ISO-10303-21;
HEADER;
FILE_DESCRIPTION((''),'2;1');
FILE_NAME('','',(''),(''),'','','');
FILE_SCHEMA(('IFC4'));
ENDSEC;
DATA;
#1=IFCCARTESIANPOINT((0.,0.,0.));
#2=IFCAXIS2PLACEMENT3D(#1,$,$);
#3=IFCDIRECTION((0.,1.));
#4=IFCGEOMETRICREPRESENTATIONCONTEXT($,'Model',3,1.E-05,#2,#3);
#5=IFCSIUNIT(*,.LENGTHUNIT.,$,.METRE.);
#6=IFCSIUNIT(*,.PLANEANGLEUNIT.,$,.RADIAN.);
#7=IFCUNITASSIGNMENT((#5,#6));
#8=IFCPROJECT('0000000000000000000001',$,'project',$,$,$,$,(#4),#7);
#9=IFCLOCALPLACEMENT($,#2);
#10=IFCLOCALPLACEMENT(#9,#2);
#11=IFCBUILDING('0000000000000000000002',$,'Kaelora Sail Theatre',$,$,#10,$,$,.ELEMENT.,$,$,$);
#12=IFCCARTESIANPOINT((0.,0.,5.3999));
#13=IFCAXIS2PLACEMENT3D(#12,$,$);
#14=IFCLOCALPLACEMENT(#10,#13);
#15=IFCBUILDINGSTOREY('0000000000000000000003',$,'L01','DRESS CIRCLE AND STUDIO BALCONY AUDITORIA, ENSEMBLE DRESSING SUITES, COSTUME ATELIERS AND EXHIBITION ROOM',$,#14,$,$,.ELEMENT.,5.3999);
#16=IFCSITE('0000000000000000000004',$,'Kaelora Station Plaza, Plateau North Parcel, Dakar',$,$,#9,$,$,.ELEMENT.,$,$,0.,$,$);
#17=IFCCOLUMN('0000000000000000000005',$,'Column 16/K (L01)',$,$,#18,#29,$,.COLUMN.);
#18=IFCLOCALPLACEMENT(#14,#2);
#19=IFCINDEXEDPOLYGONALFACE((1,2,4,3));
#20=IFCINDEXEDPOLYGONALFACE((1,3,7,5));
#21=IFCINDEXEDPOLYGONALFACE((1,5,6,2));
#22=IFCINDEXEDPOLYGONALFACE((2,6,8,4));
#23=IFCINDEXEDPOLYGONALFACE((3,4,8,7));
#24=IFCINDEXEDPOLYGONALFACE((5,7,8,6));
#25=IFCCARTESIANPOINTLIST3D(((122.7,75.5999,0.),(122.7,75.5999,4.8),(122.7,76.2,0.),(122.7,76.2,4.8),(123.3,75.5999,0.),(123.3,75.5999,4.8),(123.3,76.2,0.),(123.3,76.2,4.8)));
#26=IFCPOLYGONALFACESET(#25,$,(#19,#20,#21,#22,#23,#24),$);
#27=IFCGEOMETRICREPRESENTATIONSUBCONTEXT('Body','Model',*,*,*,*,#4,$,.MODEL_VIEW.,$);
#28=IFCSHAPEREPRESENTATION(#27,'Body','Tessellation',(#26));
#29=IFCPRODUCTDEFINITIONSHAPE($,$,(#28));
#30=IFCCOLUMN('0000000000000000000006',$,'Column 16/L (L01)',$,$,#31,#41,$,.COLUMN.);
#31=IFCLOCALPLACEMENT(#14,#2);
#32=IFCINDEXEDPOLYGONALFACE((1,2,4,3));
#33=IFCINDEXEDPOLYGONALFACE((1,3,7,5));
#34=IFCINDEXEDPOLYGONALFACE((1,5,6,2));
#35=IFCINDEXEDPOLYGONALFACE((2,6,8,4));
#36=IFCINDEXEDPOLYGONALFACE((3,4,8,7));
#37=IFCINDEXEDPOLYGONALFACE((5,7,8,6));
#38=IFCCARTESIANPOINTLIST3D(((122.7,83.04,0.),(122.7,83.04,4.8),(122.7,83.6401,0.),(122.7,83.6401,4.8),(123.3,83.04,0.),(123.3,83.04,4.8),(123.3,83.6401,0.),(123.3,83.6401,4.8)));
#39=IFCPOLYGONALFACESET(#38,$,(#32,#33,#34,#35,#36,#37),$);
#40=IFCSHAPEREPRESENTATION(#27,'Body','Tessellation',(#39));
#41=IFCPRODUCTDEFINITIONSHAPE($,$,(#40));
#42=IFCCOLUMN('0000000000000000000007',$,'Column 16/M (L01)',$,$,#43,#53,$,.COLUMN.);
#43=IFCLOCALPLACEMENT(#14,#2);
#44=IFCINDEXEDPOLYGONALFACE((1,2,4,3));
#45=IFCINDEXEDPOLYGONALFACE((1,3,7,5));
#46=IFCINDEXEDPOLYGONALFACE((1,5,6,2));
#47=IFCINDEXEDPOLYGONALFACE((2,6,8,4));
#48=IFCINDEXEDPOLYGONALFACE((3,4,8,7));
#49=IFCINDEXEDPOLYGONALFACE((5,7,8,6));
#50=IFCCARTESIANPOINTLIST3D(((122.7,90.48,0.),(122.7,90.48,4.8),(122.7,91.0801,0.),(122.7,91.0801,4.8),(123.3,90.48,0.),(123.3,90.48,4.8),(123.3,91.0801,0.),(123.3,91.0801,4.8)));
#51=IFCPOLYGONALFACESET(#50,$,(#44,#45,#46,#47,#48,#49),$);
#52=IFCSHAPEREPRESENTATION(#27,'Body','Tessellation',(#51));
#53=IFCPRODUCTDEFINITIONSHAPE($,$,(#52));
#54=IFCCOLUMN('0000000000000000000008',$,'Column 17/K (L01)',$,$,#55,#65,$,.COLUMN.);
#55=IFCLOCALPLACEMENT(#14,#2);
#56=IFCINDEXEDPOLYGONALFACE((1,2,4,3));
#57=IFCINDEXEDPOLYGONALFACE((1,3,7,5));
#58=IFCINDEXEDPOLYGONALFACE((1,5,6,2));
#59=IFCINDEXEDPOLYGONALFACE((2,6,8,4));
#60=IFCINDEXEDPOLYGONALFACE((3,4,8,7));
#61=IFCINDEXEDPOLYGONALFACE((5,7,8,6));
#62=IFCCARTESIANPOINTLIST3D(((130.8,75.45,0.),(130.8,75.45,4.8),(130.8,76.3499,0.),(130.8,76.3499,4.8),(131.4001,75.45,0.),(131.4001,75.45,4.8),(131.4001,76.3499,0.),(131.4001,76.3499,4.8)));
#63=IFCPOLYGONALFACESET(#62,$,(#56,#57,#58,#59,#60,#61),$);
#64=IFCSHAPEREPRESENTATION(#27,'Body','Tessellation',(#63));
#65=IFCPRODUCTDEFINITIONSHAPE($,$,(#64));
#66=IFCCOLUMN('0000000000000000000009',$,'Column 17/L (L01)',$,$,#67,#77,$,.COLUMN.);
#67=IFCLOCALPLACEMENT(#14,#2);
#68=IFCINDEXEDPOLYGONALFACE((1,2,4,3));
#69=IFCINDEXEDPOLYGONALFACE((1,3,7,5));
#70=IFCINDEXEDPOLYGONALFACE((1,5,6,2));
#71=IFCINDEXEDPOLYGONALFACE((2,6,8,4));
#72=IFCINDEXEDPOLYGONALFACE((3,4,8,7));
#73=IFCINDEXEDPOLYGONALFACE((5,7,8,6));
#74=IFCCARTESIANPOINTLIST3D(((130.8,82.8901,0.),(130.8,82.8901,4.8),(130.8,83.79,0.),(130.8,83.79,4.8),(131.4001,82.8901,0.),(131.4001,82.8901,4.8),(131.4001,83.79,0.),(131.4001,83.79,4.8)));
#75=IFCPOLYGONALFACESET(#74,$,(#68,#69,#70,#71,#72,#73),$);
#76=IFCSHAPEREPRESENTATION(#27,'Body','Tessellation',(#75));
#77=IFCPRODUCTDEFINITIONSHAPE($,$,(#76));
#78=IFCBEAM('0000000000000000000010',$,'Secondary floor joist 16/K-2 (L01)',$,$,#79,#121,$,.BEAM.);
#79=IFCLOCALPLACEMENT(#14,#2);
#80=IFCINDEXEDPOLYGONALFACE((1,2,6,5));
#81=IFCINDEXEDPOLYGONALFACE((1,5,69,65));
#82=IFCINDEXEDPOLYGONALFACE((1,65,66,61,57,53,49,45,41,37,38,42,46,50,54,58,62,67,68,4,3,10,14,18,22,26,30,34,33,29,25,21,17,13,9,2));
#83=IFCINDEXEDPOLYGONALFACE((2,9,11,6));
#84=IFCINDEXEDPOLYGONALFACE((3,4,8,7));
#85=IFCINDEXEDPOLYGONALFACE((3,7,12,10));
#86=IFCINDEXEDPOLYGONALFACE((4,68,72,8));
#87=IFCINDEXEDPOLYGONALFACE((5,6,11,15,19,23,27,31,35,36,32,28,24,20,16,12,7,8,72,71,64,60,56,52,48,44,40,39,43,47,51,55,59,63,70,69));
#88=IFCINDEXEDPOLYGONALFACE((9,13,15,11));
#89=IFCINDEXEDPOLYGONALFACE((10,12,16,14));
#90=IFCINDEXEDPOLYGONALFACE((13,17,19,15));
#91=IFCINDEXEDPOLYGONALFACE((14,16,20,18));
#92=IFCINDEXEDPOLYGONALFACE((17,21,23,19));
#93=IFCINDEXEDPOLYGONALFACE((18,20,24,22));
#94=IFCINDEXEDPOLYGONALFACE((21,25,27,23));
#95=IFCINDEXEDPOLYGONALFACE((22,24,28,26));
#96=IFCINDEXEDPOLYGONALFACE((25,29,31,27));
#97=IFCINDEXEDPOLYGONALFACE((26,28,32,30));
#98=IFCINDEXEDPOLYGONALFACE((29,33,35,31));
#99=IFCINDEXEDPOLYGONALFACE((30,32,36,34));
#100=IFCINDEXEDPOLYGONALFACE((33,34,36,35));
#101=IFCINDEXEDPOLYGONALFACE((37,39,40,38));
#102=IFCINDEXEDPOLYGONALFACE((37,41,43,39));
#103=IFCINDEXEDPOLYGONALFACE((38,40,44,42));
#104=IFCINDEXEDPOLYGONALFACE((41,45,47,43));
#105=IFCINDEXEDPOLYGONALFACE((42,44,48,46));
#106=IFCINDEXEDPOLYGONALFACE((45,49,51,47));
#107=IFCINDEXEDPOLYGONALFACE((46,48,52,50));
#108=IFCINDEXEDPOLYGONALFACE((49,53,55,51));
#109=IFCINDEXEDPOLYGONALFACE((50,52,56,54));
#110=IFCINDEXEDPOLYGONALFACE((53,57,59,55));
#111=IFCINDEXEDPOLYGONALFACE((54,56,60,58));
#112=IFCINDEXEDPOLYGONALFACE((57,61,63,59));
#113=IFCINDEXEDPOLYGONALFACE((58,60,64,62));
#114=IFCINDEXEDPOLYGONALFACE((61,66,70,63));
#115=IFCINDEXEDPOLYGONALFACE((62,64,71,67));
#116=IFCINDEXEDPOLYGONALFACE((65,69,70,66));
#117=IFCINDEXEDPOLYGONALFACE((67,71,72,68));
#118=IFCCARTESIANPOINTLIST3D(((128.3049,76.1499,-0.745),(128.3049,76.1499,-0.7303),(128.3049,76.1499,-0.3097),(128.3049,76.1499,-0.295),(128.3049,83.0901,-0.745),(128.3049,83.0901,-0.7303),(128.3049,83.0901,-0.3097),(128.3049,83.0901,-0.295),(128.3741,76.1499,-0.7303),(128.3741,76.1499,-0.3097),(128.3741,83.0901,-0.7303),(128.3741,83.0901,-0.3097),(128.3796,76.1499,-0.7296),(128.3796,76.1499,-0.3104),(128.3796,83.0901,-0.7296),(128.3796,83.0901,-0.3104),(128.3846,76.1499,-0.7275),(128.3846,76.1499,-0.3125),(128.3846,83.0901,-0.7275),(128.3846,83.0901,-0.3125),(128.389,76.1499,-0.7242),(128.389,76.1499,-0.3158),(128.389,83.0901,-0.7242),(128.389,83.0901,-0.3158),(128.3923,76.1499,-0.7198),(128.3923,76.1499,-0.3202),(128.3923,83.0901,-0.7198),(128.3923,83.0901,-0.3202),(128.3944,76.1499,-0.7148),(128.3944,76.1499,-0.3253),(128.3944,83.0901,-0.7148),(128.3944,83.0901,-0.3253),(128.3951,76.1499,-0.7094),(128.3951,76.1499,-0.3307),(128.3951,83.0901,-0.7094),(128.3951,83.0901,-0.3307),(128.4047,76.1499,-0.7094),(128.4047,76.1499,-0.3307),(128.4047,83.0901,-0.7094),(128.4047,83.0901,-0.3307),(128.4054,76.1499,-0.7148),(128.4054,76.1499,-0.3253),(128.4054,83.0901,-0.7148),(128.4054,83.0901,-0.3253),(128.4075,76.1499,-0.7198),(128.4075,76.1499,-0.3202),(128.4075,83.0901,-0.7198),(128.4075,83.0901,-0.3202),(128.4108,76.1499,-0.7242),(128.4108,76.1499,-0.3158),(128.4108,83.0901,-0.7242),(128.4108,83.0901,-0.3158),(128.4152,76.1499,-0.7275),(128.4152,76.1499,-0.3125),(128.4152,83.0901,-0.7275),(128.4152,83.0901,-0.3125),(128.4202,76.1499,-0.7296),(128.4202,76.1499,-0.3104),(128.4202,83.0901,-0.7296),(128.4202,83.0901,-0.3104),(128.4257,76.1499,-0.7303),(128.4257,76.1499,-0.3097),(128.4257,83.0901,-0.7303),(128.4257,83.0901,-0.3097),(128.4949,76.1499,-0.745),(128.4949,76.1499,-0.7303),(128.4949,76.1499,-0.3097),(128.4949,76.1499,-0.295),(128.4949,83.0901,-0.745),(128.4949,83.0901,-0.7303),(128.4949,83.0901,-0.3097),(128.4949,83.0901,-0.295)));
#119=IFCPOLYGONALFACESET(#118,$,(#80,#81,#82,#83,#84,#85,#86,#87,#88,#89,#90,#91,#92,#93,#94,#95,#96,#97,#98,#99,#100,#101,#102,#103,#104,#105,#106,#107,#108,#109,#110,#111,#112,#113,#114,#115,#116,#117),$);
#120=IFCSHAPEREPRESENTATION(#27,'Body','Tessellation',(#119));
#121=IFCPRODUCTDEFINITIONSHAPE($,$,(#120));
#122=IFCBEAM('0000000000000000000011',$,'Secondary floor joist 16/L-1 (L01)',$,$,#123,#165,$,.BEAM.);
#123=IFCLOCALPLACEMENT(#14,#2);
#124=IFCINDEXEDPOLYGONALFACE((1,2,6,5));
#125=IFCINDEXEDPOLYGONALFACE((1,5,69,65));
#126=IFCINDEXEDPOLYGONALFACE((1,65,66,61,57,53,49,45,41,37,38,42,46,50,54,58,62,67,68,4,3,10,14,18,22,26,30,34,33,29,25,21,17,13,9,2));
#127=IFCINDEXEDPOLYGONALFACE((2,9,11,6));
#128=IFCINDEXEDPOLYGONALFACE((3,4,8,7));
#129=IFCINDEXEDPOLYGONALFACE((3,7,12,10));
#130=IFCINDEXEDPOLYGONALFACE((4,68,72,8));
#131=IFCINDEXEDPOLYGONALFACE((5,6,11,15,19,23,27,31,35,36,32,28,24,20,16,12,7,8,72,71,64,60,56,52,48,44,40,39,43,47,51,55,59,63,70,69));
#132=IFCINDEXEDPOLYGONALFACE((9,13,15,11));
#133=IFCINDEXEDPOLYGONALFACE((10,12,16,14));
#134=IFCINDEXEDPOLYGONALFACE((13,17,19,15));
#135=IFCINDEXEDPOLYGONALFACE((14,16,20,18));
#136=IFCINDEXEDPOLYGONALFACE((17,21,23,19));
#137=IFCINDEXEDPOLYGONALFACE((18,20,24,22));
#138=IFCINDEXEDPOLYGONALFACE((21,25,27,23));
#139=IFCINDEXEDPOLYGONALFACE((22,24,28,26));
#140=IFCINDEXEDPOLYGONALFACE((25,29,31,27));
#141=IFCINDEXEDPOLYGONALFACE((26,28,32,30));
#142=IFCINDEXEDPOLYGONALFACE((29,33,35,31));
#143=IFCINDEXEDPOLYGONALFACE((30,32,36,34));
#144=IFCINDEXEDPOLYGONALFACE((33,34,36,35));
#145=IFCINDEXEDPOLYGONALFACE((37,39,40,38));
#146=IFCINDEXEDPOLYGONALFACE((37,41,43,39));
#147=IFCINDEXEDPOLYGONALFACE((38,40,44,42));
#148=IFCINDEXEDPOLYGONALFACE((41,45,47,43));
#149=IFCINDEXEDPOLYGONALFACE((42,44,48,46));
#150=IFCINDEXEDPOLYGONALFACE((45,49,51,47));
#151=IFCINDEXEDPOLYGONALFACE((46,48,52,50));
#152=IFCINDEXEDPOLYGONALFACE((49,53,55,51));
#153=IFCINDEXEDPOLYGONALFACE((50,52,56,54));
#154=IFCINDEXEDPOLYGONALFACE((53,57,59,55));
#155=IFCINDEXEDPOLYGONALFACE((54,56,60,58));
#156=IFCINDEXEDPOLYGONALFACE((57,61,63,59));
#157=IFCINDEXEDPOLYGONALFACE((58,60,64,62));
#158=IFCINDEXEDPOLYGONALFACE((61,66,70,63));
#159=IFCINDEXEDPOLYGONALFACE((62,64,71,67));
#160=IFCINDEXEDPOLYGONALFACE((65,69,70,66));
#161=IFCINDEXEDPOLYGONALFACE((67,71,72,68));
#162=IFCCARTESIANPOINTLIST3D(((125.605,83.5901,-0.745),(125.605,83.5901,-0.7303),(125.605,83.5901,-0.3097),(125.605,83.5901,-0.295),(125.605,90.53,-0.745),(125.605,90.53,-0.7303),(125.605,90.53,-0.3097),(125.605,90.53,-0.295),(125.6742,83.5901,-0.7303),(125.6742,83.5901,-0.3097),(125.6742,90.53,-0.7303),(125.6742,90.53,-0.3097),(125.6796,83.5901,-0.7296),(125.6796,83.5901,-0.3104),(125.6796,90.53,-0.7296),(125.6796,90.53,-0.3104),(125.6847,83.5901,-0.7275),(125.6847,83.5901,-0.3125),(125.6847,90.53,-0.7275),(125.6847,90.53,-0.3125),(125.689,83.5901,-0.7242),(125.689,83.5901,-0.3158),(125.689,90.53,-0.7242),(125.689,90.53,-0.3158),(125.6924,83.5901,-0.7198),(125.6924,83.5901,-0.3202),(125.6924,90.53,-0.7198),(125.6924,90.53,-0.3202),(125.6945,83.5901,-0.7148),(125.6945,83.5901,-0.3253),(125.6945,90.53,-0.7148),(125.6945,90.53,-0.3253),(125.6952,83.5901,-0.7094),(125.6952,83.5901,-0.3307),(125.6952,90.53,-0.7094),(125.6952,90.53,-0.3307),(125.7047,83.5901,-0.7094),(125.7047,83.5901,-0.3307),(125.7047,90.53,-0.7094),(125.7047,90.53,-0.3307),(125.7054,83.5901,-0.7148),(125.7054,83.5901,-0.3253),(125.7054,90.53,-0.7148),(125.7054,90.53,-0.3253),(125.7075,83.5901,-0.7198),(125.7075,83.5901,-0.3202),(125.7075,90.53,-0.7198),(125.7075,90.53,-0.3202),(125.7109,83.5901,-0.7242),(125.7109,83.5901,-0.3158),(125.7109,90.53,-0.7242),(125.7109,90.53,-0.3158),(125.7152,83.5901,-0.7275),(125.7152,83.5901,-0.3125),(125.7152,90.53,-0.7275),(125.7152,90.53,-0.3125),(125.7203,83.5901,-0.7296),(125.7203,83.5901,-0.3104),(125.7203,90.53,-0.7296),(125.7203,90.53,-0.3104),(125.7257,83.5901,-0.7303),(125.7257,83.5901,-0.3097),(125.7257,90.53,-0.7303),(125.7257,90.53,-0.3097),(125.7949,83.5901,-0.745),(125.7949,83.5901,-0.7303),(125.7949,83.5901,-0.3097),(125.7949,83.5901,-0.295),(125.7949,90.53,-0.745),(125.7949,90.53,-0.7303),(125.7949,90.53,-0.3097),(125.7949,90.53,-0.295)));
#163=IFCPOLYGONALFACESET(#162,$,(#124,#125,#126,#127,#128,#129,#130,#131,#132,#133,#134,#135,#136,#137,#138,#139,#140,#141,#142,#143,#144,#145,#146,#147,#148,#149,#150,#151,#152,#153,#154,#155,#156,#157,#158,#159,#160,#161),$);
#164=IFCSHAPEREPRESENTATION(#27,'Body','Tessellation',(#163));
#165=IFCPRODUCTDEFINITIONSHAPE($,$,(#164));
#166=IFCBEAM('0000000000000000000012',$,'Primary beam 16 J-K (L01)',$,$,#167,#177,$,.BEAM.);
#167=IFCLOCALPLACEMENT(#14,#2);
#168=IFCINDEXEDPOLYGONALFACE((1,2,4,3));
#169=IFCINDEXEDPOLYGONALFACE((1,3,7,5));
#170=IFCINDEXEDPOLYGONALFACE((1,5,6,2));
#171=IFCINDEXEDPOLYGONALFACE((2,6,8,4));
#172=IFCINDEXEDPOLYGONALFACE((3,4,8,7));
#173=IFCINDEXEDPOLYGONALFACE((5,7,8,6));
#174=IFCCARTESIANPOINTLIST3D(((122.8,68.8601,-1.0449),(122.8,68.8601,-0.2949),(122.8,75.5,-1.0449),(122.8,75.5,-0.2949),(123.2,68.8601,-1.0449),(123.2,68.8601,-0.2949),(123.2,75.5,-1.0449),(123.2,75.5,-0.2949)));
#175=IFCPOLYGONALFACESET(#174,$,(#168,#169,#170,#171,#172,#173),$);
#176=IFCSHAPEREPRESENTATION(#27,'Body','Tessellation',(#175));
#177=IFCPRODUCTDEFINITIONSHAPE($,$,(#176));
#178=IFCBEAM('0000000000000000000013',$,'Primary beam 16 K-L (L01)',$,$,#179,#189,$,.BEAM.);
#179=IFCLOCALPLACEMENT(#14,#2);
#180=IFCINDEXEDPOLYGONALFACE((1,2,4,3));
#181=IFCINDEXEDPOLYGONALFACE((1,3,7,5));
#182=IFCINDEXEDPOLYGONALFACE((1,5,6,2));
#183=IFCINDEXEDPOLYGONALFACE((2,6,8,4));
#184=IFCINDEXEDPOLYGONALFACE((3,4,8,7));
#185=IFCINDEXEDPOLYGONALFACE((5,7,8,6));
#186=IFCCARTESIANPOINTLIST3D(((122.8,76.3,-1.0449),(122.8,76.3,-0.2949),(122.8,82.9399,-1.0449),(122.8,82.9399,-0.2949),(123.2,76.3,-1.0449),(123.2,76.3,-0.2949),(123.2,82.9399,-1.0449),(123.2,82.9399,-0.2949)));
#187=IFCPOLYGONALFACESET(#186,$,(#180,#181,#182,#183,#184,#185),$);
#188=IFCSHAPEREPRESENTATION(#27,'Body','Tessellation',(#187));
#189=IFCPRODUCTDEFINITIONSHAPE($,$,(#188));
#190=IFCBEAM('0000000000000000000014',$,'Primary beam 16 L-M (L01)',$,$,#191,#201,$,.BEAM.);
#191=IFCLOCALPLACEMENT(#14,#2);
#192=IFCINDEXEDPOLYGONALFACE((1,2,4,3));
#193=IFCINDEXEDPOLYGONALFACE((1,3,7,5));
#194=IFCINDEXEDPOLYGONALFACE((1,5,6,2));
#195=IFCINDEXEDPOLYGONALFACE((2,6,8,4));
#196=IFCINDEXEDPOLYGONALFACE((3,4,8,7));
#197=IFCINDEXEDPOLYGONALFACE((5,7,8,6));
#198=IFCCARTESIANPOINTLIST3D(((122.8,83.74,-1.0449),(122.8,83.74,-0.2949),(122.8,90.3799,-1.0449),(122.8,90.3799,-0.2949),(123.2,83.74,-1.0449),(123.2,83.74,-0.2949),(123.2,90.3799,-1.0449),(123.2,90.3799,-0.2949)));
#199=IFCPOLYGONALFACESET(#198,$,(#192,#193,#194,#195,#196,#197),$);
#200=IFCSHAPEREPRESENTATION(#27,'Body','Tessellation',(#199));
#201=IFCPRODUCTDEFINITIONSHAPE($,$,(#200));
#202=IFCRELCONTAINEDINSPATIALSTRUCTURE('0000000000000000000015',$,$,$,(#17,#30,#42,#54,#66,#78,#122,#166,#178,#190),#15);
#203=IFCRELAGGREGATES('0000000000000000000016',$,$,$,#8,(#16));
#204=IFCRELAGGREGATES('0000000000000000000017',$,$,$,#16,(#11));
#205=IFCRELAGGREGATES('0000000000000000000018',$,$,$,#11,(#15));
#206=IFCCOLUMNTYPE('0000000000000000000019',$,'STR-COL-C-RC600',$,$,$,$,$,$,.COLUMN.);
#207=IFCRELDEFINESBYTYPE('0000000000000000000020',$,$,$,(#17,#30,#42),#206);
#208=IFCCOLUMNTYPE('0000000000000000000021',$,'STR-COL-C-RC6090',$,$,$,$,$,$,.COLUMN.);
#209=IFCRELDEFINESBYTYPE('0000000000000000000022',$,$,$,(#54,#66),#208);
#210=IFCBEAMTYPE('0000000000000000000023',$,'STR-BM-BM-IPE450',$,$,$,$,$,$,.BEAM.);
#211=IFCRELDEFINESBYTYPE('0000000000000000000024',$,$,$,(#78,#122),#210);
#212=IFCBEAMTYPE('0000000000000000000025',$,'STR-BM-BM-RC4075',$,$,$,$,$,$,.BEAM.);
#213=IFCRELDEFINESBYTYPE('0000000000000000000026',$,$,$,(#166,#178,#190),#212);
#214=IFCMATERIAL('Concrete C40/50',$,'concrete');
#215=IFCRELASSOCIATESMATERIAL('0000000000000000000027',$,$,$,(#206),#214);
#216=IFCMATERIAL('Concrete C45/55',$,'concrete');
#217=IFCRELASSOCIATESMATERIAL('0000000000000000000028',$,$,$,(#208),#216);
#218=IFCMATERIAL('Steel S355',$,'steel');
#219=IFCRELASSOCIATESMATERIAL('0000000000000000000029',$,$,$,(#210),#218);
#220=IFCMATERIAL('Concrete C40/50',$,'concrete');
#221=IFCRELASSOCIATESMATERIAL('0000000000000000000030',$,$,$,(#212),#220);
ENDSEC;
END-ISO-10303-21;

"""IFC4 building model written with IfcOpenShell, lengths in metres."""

from ifc_helpers import new_model, si_unit, direction, frame, origin, origin_2d, place, context, subcontext, project, spatial, rectangle, i_section, extrude, material, material_profile, profile_set, type_object, element, save


model = new_model("IFC4")

# Units and contexts
model_context = context("Model", 3, precision=1e-05, world=origin(), true_north=direction((0.0, 1.0)))
body_context = subcontext(model_context, "Body", "Model", "MODEL_VIEW")
ifc_project = project(units=[si_unit("LENGTHUNIT", "METRE"), si_unit("PLANEANGLEUNIT", "RADIAN")], contexts=[model_context])

# Site, building, storey
site_placement = place(None, origin())
site = spatial("IfcSite", under=ifc_project, at=site_placement, Name="Kaelora Station Plaza, Plateau North Parcel, Dakar", CompositionType="ELEMENT", RefElevation=0.0)
building_placement = place(site_placement, origin())
building = spatial("IfcBuilding", under=site, at=building_placement, Name="Kaelora Sail Theatre", CompositionType="ELEMENT")
storey_placement = place(building_placement, frame((0.0, 0.0, 5.3999)))
storey = spatial("IfcBuildingStorey", under=building, at=storey_placement, Name="L01", Description="DRESS CIRCLE AND STUDIO BALCONY AUDITORIA, ENSEMBLE DRESSING SUITES, COSTUME ATELIERS AND EXHIBITION ROOM", CompositionType="ELEMENT", Elevation=5.3999)

# Columns
ifc_material_1 = material(Name="Concrete C40/50", Category="concrete")
ifc_material_profile_1 = material_profile(ifc_material_1, rectangle(XDim=0.6001, YDim=0.6001, at=origin_2d()), Name="RC-COL 600x600")
ifc_profile_set_1 = profile_set([ifc_material_profile_1], Name="Concrete C40/50")
column_type_1 = type_object("IfcColumnType", Name="STR-COL-C-RC600", PredefinedType="COLUMN", material=ifc_profile_set_1)
for number, where, z_axis, x_axis, name in (
    (1, (123.0, 75.8999, 0.0), (0.0, 0.0, 1.0), (1.0, 0.0, 0.0), "Column 16/K (L01)"),
    (2, (123.0, 83.3401, 0.0), (0.0, 0.0, 1.0), (1.0, 0.0, 0.0), "Column 16/L (L01)"),
    (3, (123.0, 90.78, 0.0), (0.0, 0.0, 1.0), (1.0, 0.0, 0.0), "Column 16/M (L01)"),
):
    element("IfcColumn", number, at=place(storey_placement, frame(where, z_axis=z_axis, x_axis=x_axis)), inside=storey, type_object=column_type_1, Name=name, PredefinedType="COLUMN", context=body_context, shape_type="SweptSolid", body=[
        extrude(rectangle(XDim=0.6001, YDim=0.6001, at=origin_2d()), origin(), (0.0, 0.0, 1.0), 4.8),
    ])
ifc_material_2 = material(Name="Concrete C45/55", Category="concrete")
ifc_material_profile_2 = material_profile(ifc_material_2, rectangle(XDim=0.6001, YDim=0.8999, at=origin_2d()), Name="RC-COL 600x900")
ifc_profile_set_2 = profile_set([ifc_material_profile_2], Name="Concrete C45/55")
column_type_2 = type_object("IfcColumnType", Name="STR-COL-C-RC6090", PredefinedType="COLUMN", material=ifc_profile_set_2)
for number, where, z_axis, x_axis, name in (
    (4, (131.1001, 75.8999, 0.0), (0.0, 0.0, 1.0), (1.0, 0.0, 0.0), "Column 17/K (L01)"),
    (5, (131.1001, 83.3401, 0.0), (0.0, 0.0, 1.0), (1.0, 0.0, 0.0), "Column 17/L (L01)"),
):
    element("IfcColumn", number, at=place(storey_placement, frame(where, z_axis=z_axis, x_axis=x_axis)), inside=storey, type_object=column_type_2, Name=name, PredefinedType="COLUMN", context=body_context, shape_type="SweptSolid", body=[
        extrude(rectangle(XDim=0.6001, YDim=0.8999, at=origin_2d()), origin(), (0.0, 0.0, 1.0), 4.8),
    ])

# Beams
ifc_material_3 = material(Name="Steel S355", Category="steel")
ifc_material_profile_3 = material_profile(ifc_material_3, i_section(OverallWidth=0.1899, OverallDepth=0.45, WebThickness=0.0095, FlangeThickness=0.0146, FilletRadius=0.021, at=origin_2d()), Name="IPE 450")
ifc_profile_set_3 = profile_set([ifc_material_profile_3], Name="Steel S355")
beam_type_1 = type_object("IfcBeamType", Name="STR-BM-BM-IPE450", PredefinedType="BEAM", material=ifc_profile_set_3)
beam_1_placement = place(storey_placement, frame((128.3999, 76.1499, -0.52), z_axis=(0.0, 1.0, 0.0), x_axis=(-1.0, 0.0, 0.0)))
element("IfcBeam", 6, at=beam_1_placement, inside=storey, type_object=beam_type_1, Name="Secondary floor joist 16/K-2 (L01)", PredefinedType="BEAM", context=body_context, shape_type="SweptSolid", body=[
    extrude(i_section(OverallWidth=0.1899, OverallDepth=0.45, WebThickness=0.0095, FlangeThickness=0.0146, FilletRadius=0.021, at=origin_2d()), origin(), (0.0, 0.0, 1.0), 6.9402),
])
beam_2_placement = place(storey_placement, frame((125.7, 83.5901, -0.52), z_axis=(0.0, 1.0, 0.0), x_axis=(-1.0, 0.0, 0.0)))
element("IfcBeam", 7, at=beam_2_placement, inside=storey, type_object=beam_type_1, Name="Secondary floor joist 16/L-1 (L01)", PredefinedType="BEAM", context=body_context, shape_type="SweptSolid", body=[
    extrude(i_section(OverallWidth=0.1899, OverallDepth=0.45, WebThickness=0.0095, FlangeThickness=0.0146, FilletRadius=0.021, at=origin_2d()), origin(), (0.0, 0.0, 1.0), 6.9399),
])
ifc_material_4 = material(Name="Concrete C40/50", Category="concrete")
ifc_material_profile_4 = material_profile(ifc_material_4, rectangle(XDim=0.3999, YDim=0.75, at=origin_2d()), Name="RC-BM 400x750")
ifc_profile_set_4 = profile_set([ifc_material_profile_4], Name="Concrete C40/50")
beam_type_2 = type_object("IfcBeamType", Name="STR-BM-BM-RC4075", PredefinedType="BEAM", material=ifc_profile_set_4)
for number, where, z_axis, x_axis, name in (
    (8, (123.0, 68.8601, -0.6699), (0.0, 1.0, 0.0), (-1.0, 0.0, 0.0), "Primary beam 16 J-K (L01)"),
    (9, (123.0, 76.3, -0.6699), (0.0, 1.0, 0.0), (-1.0, 0.0, 0.0), "Primary beam 16 K-L (L01)"),
    (10, (123.0, 83.74, -0.6699), (0.0, 1.0, 0.0), (-1.0, 0.0, 0.0), "Primary beam 16 L-M (L01)"),
):
    element("IfcBeam", number, at=place(storey_placement, frame(where, z_axis=z_axis, x_axis=x_axis)), inside=storey, type_object=beam_type_2, Name=name, PredefinedType="BEAM", context=body_context, shape_type="SweptSolid", body=[
        extrude(rectangle(XDim=0.3999, YDim=0.75, at=origin_2d()), origin(), (0.0, 0.0, 1.0), 6.6399),
    ])

save(model, "model.ifc")
